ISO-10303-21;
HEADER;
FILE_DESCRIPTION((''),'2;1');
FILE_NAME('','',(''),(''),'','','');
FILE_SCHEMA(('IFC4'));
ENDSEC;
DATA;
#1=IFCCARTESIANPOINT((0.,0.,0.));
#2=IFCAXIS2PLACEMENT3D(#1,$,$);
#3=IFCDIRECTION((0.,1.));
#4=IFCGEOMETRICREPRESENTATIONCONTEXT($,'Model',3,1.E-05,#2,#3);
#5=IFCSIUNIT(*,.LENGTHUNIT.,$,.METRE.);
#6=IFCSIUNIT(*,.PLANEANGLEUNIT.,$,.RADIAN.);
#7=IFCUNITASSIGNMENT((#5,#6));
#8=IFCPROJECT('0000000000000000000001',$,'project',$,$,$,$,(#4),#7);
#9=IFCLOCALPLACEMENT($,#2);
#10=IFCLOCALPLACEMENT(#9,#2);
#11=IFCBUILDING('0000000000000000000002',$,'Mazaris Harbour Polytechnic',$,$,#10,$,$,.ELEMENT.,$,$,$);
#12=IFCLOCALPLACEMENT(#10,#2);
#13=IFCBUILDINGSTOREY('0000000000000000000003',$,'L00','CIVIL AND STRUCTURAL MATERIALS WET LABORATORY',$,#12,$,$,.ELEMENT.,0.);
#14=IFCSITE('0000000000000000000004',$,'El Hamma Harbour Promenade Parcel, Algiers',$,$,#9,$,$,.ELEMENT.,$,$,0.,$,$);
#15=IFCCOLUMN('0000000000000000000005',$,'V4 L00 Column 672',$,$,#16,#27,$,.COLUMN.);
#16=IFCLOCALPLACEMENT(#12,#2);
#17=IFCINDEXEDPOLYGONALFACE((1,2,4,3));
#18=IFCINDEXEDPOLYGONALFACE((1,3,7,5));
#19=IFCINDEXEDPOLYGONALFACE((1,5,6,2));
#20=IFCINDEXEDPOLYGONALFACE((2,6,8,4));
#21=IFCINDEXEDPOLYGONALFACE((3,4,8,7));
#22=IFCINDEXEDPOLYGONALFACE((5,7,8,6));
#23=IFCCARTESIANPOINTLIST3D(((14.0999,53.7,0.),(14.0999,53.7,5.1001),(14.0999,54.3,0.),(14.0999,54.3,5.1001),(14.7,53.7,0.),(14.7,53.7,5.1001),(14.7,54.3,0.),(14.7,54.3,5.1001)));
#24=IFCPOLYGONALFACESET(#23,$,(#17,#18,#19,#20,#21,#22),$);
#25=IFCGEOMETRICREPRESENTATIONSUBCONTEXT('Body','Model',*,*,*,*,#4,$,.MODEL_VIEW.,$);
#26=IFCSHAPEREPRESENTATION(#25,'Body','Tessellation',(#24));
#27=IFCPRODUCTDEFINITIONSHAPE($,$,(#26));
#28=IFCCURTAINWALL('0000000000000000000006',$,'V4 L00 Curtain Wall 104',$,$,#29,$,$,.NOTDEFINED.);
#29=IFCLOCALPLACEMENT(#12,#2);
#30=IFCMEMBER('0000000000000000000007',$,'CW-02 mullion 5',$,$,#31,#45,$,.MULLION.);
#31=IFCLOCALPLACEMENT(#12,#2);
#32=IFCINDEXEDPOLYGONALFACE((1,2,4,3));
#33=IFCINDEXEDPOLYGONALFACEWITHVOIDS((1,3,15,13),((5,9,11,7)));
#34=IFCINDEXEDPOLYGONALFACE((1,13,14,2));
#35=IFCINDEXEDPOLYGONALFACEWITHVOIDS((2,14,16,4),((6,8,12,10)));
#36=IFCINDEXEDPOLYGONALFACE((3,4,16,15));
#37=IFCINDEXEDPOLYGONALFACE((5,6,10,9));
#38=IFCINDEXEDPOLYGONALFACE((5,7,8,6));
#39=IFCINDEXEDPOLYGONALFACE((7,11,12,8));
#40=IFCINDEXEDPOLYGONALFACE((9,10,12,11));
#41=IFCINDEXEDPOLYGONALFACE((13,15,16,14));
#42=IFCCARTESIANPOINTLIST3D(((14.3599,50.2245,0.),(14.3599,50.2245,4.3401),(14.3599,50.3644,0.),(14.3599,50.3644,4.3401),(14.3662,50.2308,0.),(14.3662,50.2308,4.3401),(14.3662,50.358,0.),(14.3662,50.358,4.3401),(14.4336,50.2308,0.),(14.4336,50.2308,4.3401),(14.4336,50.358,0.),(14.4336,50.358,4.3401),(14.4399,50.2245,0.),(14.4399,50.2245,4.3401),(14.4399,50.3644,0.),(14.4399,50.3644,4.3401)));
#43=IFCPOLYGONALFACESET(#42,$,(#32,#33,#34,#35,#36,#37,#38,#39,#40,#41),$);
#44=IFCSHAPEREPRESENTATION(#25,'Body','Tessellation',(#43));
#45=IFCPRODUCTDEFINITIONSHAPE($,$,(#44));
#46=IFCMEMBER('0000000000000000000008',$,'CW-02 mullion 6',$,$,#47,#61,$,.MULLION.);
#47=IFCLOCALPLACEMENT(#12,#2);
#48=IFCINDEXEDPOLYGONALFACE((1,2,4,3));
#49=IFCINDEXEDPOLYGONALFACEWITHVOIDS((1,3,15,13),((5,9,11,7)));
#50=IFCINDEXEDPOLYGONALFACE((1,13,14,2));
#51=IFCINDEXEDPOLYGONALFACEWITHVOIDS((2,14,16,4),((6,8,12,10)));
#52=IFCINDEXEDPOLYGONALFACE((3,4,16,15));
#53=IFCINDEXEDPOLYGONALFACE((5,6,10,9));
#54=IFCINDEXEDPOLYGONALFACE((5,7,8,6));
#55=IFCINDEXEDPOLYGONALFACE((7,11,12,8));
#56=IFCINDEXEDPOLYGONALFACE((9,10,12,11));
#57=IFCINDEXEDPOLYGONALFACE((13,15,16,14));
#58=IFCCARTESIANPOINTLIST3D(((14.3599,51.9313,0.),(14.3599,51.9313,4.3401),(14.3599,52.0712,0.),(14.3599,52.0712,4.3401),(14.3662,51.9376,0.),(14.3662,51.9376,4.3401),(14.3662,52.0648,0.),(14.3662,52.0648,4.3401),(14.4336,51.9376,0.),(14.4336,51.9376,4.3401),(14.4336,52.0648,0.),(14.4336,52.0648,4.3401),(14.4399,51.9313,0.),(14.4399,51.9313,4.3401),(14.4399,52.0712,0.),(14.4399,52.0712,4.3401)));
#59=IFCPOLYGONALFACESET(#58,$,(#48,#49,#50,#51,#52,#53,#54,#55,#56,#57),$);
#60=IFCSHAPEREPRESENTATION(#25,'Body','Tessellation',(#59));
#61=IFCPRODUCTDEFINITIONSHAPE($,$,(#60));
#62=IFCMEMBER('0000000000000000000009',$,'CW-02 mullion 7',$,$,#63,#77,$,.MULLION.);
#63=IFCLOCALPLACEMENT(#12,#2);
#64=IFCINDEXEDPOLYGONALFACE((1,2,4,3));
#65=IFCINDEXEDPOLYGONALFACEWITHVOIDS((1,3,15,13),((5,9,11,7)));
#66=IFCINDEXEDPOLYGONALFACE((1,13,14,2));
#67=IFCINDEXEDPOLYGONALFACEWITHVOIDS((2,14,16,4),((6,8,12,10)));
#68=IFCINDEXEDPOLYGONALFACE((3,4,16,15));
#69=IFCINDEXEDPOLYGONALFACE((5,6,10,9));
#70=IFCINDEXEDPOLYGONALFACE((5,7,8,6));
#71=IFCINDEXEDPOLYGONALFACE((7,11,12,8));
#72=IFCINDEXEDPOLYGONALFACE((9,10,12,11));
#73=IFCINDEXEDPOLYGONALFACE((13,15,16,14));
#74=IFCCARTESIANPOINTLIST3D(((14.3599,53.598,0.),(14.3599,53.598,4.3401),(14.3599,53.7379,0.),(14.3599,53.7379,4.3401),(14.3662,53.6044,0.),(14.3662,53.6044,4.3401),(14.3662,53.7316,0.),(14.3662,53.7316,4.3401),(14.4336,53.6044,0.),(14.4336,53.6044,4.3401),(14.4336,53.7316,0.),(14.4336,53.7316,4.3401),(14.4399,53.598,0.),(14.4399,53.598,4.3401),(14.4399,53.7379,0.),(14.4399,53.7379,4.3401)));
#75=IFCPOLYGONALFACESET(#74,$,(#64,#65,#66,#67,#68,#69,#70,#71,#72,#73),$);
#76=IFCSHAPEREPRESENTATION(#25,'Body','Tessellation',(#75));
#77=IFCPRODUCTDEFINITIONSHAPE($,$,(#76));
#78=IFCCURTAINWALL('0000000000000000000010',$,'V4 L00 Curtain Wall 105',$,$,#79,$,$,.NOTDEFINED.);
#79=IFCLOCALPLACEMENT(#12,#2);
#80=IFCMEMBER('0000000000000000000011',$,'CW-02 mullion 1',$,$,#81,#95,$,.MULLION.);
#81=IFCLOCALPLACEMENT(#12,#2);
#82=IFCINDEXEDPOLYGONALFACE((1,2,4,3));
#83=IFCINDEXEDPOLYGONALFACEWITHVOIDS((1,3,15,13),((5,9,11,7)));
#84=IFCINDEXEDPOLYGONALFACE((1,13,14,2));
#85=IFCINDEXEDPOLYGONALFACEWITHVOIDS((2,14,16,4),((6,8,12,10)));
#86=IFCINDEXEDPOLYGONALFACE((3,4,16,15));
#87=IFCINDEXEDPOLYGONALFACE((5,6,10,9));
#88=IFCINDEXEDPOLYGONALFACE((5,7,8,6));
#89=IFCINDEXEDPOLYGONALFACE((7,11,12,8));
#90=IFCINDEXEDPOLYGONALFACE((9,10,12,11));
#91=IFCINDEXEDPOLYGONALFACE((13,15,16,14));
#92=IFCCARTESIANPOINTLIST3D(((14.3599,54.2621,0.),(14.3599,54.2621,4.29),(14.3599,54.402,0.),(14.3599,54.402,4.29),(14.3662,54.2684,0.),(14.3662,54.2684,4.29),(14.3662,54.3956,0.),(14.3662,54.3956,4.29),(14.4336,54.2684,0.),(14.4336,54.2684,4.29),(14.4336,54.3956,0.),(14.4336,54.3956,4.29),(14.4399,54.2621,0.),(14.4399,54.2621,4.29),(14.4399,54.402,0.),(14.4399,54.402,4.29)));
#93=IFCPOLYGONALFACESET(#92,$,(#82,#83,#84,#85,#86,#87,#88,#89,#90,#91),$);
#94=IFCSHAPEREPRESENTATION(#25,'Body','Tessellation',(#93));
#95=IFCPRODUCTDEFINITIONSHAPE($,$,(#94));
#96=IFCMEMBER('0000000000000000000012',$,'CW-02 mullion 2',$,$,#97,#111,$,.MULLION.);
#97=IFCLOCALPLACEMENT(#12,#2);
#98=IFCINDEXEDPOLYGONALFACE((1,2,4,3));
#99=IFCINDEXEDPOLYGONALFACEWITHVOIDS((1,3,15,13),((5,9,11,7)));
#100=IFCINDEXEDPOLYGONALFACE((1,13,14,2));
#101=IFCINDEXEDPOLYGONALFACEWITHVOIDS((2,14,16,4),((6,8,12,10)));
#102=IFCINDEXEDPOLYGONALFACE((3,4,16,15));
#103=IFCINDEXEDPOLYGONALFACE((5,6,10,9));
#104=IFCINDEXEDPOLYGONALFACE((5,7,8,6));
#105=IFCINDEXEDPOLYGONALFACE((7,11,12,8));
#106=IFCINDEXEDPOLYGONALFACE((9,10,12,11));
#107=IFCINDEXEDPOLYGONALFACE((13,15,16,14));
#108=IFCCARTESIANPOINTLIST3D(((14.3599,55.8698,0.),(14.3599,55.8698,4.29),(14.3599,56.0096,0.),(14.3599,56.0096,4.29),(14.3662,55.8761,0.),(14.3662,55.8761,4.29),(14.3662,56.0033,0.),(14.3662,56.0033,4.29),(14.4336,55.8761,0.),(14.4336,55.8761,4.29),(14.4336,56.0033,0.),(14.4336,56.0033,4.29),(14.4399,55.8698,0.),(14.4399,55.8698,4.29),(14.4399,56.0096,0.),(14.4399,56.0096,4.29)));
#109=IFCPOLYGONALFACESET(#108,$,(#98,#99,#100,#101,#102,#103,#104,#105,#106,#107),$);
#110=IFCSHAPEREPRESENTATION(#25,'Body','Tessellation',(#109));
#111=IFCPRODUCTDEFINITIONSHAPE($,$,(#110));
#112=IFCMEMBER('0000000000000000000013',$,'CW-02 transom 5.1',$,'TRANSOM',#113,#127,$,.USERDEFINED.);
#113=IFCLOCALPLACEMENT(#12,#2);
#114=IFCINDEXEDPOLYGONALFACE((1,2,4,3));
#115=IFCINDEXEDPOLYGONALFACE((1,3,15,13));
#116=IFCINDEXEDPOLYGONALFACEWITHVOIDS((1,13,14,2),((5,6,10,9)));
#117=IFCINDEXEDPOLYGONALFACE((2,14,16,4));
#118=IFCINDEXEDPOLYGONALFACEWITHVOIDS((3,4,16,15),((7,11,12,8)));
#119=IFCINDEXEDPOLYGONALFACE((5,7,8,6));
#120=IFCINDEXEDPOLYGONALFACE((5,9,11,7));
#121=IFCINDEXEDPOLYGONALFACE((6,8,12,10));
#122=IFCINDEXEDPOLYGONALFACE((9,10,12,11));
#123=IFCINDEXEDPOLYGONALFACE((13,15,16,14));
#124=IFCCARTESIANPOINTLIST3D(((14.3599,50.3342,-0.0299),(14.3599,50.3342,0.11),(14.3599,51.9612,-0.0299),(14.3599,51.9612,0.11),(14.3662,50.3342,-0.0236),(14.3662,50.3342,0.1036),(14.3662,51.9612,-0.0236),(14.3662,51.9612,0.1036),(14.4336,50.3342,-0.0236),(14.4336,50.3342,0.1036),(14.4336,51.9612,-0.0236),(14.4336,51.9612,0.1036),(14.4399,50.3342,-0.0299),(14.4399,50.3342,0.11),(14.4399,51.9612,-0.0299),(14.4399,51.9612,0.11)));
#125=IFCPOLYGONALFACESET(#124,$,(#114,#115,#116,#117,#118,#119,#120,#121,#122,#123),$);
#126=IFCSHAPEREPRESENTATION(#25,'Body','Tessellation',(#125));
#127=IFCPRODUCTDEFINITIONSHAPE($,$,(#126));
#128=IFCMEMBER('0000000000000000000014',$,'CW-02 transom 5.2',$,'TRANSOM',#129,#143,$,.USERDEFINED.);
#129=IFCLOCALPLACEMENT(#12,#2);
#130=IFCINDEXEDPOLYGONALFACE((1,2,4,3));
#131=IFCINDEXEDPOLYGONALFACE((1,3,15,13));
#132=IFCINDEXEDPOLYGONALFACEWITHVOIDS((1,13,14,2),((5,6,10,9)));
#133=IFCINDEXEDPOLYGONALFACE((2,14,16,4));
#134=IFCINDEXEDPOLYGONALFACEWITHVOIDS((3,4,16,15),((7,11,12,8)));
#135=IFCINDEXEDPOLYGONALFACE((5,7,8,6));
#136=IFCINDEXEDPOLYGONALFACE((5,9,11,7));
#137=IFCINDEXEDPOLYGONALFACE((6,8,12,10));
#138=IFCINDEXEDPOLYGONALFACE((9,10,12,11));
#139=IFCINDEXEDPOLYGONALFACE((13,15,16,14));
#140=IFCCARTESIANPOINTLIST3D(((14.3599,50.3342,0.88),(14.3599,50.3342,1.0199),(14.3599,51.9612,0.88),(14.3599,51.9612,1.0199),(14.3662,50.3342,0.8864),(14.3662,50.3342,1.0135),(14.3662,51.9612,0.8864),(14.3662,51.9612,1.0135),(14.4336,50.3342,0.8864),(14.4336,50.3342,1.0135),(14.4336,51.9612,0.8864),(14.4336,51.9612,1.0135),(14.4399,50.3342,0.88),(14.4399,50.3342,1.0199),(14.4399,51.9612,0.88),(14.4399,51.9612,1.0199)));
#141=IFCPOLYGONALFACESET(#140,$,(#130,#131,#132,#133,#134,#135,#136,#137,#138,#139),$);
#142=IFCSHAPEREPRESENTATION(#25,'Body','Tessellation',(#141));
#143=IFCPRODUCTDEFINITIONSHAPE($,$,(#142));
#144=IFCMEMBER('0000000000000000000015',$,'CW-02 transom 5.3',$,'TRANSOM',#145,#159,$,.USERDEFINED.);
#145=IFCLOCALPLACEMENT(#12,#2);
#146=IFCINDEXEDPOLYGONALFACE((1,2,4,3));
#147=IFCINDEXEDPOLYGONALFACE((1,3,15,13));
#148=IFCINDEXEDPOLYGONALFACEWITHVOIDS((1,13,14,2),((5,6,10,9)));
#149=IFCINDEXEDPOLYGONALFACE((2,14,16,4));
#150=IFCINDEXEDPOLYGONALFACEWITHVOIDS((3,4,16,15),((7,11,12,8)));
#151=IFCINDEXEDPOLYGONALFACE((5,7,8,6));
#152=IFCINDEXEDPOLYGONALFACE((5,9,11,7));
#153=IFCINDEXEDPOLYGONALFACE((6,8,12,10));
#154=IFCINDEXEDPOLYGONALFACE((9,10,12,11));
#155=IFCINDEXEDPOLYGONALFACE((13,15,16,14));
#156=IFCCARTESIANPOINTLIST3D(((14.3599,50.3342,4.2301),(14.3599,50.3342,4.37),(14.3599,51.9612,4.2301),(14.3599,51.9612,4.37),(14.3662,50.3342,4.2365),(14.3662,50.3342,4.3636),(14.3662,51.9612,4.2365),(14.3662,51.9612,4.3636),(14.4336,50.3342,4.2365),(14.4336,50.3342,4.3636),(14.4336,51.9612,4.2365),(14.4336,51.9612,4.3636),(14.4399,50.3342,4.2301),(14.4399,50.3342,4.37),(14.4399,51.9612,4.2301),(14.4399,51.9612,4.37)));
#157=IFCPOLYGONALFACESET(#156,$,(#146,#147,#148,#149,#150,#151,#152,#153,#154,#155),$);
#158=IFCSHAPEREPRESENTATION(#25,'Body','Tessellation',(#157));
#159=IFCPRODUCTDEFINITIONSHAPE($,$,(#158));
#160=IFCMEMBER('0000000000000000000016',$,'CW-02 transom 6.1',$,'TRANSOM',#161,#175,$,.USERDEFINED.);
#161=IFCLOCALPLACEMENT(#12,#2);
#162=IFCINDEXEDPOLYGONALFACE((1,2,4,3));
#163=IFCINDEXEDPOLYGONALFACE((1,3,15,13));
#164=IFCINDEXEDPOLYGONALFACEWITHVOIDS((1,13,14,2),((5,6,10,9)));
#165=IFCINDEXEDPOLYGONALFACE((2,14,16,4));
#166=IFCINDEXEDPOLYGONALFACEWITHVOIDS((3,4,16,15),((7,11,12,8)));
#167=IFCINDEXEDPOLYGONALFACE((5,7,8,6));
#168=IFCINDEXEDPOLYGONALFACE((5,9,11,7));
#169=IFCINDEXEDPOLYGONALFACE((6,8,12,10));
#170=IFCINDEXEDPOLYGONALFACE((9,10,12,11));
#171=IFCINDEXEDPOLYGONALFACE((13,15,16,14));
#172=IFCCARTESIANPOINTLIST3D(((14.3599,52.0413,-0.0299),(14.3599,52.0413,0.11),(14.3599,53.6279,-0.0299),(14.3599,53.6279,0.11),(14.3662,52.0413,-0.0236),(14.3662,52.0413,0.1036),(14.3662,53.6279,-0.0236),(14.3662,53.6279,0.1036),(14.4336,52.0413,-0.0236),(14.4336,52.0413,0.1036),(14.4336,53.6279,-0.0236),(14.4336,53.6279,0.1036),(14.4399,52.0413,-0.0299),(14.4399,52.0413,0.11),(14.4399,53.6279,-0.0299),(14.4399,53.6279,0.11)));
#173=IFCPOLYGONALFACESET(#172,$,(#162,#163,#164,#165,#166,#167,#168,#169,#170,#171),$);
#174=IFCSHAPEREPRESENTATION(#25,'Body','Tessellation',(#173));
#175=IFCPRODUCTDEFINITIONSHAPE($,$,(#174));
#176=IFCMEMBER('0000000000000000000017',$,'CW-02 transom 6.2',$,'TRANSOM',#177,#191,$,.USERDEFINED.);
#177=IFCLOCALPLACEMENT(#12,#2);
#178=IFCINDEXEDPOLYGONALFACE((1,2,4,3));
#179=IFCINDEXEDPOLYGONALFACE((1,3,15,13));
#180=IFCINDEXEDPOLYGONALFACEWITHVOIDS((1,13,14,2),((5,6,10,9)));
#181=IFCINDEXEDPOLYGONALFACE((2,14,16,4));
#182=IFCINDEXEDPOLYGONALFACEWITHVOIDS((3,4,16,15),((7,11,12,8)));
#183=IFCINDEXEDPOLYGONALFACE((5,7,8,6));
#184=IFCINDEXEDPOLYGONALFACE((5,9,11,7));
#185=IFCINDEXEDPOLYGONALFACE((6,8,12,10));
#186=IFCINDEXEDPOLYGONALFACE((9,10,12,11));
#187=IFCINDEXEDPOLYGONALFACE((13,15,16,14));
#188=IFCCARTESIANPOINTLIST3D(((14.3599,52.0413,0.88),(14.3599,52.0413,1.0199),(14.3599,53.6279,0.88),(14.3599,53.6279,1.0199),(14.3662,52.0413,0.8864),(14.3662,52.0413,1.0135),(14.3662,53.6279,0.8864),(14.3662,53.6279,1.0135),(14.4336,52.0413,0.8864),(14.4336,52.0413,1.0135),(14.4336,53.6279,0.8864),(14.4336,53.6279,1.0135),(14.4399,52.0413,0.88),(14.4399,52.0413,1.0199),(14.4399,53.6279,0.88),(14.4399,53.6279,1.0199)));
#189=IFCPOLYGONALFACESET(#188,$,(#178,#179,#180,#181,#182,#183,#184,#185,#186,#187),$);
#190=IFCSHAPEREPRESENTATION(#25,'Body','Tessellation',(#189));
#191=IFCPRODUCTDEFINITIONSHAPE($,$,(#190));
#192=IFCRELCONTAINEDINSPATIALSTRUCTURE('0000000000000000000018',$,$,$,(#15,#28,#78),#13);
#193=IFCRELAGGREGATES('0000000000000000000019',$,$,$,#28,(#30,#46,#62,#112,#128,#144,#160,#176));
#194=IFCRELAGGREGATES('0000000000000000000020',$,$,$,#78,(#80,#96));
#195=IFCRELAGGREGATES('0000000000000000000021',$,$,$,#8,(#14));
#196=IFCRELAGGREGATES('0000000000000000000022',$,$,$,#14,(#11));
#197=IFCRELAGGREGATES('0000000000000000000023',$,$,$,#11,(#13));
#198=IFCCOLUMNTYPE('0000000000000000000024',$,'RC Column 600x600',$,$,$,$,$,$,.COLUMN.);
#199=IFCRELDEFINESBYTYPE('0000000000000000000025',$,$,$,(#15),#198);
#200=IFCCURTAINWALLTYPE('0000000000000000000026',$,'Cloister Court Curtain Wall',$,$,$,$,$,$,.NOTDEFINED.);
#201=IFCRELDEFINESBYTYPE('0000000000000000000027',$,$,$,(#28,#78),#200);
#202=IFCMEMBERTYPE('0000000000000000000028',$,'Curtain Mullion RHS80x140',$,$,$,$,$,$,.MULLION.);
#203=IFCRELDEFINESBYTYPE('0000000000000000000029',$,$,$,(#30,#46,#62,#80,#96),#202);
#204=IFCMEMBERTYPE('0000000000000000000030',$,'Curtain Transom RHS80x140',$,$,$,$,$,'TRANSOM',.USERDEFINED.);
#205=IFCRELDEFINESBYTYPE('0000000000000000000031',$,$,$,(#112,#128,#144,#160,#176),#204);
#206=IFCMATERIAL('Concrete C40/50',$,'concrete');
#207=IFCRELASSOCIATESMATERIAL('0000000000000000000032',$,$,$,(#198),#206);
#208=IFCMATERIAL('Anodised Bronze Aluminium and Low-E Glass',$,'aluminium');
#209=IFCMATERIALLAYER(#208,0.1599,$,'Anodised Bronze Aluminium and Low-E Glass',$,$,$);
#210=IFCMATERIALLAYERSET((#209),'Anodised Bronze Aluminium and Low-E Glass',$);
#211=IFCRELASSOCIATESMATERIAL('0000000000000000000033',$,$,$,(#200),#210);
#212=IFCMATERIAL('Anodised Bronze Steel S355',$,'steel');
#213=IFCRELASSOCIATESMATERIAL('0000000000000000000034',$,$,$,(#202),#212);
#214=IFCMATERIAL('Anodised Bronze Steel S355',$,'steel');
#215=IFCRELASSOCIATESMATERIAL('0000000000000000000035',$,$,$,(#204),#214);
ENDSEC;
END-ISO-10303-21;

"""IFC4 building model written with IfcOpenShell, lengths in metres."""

from ifc_helpers import new_model, si_unit, direction, frame, origin, origin_2d, place, context, subcontext, project, spatial, rectangle, hollow_rectangle, extrude, material, layer, layer_set, material_profile, profile_set, type_object, element, aggregate, save


model = new_model("IFC4")

# Units and contexts
model_context = context("Model", 3, precision=1e-05, world=origin(), true_north=direction((0.0, 1.0)))
body_context = subcontext(model_context, "Body", "Model", "MODEL_VIEW")
ifc_project = project(units=[si_unit("LENGTHUNIT", "METRE"), si_unit("PLANEANGLEUNIT", "RADIAN")], contexts=[model_context])

# Site, building, storey
site_placement = place(None, origin())
site = spatial("IfcSite", under=ifc_project, at=site_placement, Name="El Hamma Harbour Promenade Parcel, Algiers", CompositionType="ELEMENT", RefElevation=0.0)
building_placement = place(site_placement, origin())
building = spatial("IfcBuilding", under=site, at=building_placement, Name="Mazaris Harbour Polytechnic", CompositionType="ELEMENT")
storey_placement = place(building_placement, origin())
storey = spatial("IfcBuildingStorey", under=building, at=storey_placement, Name="L00", Description="CIVIL AND STRUCTURAL MATERIALS WET LABORATORY", CompositionType="ELEMENT", Elevation=0.0)

# Column
ifc_material_1 = material(Name="Concrete C40/50", Category="concrete")
ifc_material_profile_1 = material_profile(ifc_material_1, rectangle(XDim=0.6001, YDim=0.6001, at=origin_2d()), Name="RECT600x600")
ifc_profile_set_1 = profile_set([ifc_material_profile_1], Name="Concrete C40/50")
column_type = type_object("IfcColumnType", Name="RC Column 600x600", PredefinedType="COLUMN", material=ifc_profile_set_1)
column_placement = place(storey_placement, frame((14.3999, 54.0, 0.0), z_axis=(0.0, 0.0, 1.0), x_axis=(1.0, 0.0, 0.0)))
element("IfcColumn", 1, at=column_placement, inside=storey, type_object=column_type, Name="V4 L00 Column 672", PredefinedType="COLUMN", context=body_context, shape_type="SweptSolid", body=[
    extrude(rectangle(XDim=0.6001, YDim=0.6001, at=origin_2d()), origin(), (0.0, 0.0, 1.0), 5.1001),
])

# Curtain walls, members
ifc_material_2 = material(Name="Anodised Bronze Aluminium and Low-E Glass", Category="aluminium")
ifc_layer_1 = layer(ifc_material_2, 0.1599, Name="Anodised Bronze Aluminium and Low-E Glass")
ifc_layer_set_1 = layer_set([ifc_layer_1], Name="Anodised Bronze Aluminium and Low-E Glass")
curtain_wall_type = type_object("IfcCurtainWallType", Name="Cloister Court Curtain Wall", PredefinedType="NOTDEFINED", material=ifc_layer_set_1)
curtain_wall_1_placement = place(storey_placement, origin())
curtain_wall_1 = element("IfcCurtainWall", 2, at=curtain_wall_1_placement, inside=storey, type_object=curtain_wall_type, Name="V4 L00 Curtain Wall 104", PredefinedType="NOTDEFINED")
ifc_material_3 = material(Name="Anodised Bronze Steel S355", Category="steel")
ifc_material_profile_2 = material_profile(ifc_material_3, hollow_rectangle(XDim=0.0801, YDim=0.1399, WallThickness=0.0063, at=origin_2d()), Name="RHS 80x140x6.3")
ifc_profile_set_2 = profile_set([ifc_material_profile_2], Name="Anodised Bronze Steel S355")
member_type_1 = type_object("IfcMemberType", Name="Curtain Mullion RHS80x140", PredefinedType="MULLION", material=ifc_profile_set_2)
member_1_placement = place(storey_placement, frame((14.3999, 50.2944, 0.0), z_axis=(0.0, 0.0, 1.0), x_axis=(-1.0, 0.0, 0.0)))
member_1 = element("IfcMember", 3, at=member_1_placement, type_object=member_type_1, Name="CW-02 mullion 5", PredefinedType="MULLION", context=body_context, shape_type="SweptSolid", body=[
    extrude(hollow_rectangle(XDim=0.0801, YDim=0.1399, WallThickness=0.0063, at=origin_2d()), origin(), (0.0, 0.0, 1.0), 4.3401),
])
member_2_placement = place(storey_placement, frame((14.3999, 52.0012, 0.0), z_axis=(0.0, 0.0, 1.0), x_axis=(-1.0, 0.0, 0.0)))
member_2 = element("IfcMember", 4, at=member_2_placement, type_object=member_type_1, Name="CW-02 mullion 6", PredefinedType="MULLION", context=body_context, shape_type="SweptSolid", body=[
    extrude(hollow_rectangle(XDim=0.0801, YDim=0.1399, WallThickness=0.0063, at=origin_2d()), origin(), (0.0, 0.0, 1.0), 4.3401),
])
member_3_placement = place(storey_placement, frame((14.3999, 53.668, 0.0), z_axis=(0.0, 0.0, 1.0), x_axis=(-1.0, 0.0, 0.0)))
member_3 = element("IfcMember", 5, at=member_3_placement, type_object=member_type_1, Name="CW-02 mullion 7", PredefinedType="MULLION", context=body_context, shape_type="SweptSolid", body=[
    extrude(hollow_rectangle(XDim=0.0801, YDim=0.1399, WallThickness=0.0063, at=origin_2d()), origin(), (0.0, 0.0, 1.0), 4.3401),
])
curtain_wall_2_placement = place(storey_placement, origin())
curtain_wall_2 = element("IfcCurtainWall", 6, at=curtain_wall_2_placement, inside=storey, type_object=curtain_wall_type, Name="V4 L00 Curtain Wall 105", PredefinedType="NOTDEFINED")
member_4_placement = place(storey_placement, frame((14.3999, 54.332, 0.0), z_axis=(0.0, 0.0, 1.0), x_axis=(-1.0, 0.0, 0.0)))
member_4 = element("IfcMember", 7, at=member_4_placement, type_object=member_type_1, Name="CW-02 mullion 1", PredefinedType="MULLION", context=body_context, shape_type="SweptSolid", body=[
    extrude(hollow_rectangle(XDim=0.0801, YDim=0.1399, WallThickness=0.0063, at=origin_2d()), origin(), (0.0, 0.0, 1.0), 4.29),
])
member_5_placement = place(storey_placement, frame((14.3999, 55.9397, 0.0), z_axis=(0.0, 0.0, 1.0), x_axis=(-1.0, 0.0, 0.0)))
member_5 = element("IfcMember", 8, at=member_5_placement, type_object=member_type_1, Name="CW-02 mullion 2", PredefinedType="MULLION", context=body_context, shape_type="SweptSolid", body=[
    extrude(hollow_rectangle(XDim=0.0801, YDim=0.1399, WallThickness=0.0063, at=origin_2d()), origin(), (0.0, 0.0, 1.0), 4.29),
])

# Members
ifc_material_4 = material(Name="Anodised Bronze Steel S355", Category="steel")
ifc_material_profile_3 = material_profile(ifc_material_4, hollow_rectangle(XDim=0.0801, YDim=0.1399, WallThickness=0.0063, at=origin_2d()), Name="RHS 80x140x6.3")
ifc_profile_set_3 = profile_set([ifc_material_profile_3], Name="Anodised Bronze Steel S355")
member_type_2 = type_object("IfcMemberType", Name="Curtain Transom RHS80x140", ElementType="TRANSOM", PredefinedType="USERDEFINED", material=ifc_profile_set_3)
member_6_placement = place(storey_placement, frame((14.3999, 50.3342, 0.04), z_axis=(0.0, 1.0, 0.0), x_axis=(-1.0, 0.0, 0.0)))
member_6 = element("IfcMember", 9, at=member_6_placement, type_object=member_type_2, Name="CW-02 transom 5.1", ObjectType="TRANSOM", PredefinedType="USERDEFINED", context=body_context, shape_type="SweptSolid", body=[
    extrude(hollow_rectangle(XDim=0.0801, YDim=0.1399, WallThickness=0.0063, at=origin_2d()), origin(), (0.0, 0.0, 1.0), 1.627),
])
member_7_placement = place(storey_placement, frame((14.3999, 50.3342, 0.95), z_axis=(0.0, 1.0, 0.0), x_axis=(-1.0, 0.0, 0.0)))
member_7 = element("IfcMember", 10, at=member_7_placement, type_object=member_type_2, Name="CW-02 transom 5.2", ObjectType="TRANSOM", PredefinedType="USERDEFINED", context=body_context, shape_type="SweptSolid", body=[
    extrude(hollow_rectangle(XDim=0.0801, YDim=0.1399, WallThickness=0.0063, at=origin_2d()), origin(), (0.0, 0.0, 1.0), 1.627),
])
member_8_placement = place(storey_placement, frame((14.3999, 50.3342, 4.3), z_axis=(0.0, 1.0, 0.0), x_axis=(-1.0, 0.0, 0.0)))
member_8 = element("IfcMember", 11, at=member_8_placement, type_object=member_type_2, Name="CW-02 transom 5.3", ObjectType="TRANSOM", PredefinedType="USERDEFINED", context=body_context, shape_type="SweptSolid", body=[
    extrude(hollow_rectangle(XDim=0.0801, YDim=0.1399, WallThickness=0.0063, at=origin_2d()), origin(), (0.0, 0.0, 1.0), 1.627),
])
member_9_placement = place(storey_placement, frame((14.3999, 52.0413, 0.04), z_axis=(0.0, 1.0, 0.0), x_axis=(-1.0, 0.0, 0.0)))
member_9 = element("IfcMember", 12, at=member_9_placement, type_object=member_type_2, Name="CW-02 transom 6.1", ObjectType="TRANSOM", PredefinedType="USERDEFINED", context=body_context, shape_type="SweptSolid", body=[
    extrude(hollow_rectangle(XDim=0.0801, YDim=0.1399, WallThickness=0.0063, at=origin_2d()), origin(), (0.0, 0.0, 1.0), 1.5867),
])
member_10_placement = place(storey_placement, frame((14.3999, 52.0413, 0.95), z_axis=(0.0, 1.0, 0.0), x_axis=(-1.0, 0.0, 0.0)))
member_10 = element("IfcMember", 13, at=member_10_placement, type_object=member_type_2, Name="CW-02 transom 6.2", ObjectType="TRANSOM", PredefinedType="USERDEFINED", context=body_context, shape_type="SweptSolid", body=[
    extrude(hollow_rectangle(XDim=0.0801, YDim=0.1399, WallThickness=0.0063, at=origin_2d()), origin(), (0.0, 0.0, 1.0), 1.5867),
])

aggregate(curtain_wall_1, [member_1, member_2, member_3, member_6, member_7, member_8, member_9, member_10])
aggregate(curtain_wall_2, [member_4, member_5])

save(model, "model.ifc")
